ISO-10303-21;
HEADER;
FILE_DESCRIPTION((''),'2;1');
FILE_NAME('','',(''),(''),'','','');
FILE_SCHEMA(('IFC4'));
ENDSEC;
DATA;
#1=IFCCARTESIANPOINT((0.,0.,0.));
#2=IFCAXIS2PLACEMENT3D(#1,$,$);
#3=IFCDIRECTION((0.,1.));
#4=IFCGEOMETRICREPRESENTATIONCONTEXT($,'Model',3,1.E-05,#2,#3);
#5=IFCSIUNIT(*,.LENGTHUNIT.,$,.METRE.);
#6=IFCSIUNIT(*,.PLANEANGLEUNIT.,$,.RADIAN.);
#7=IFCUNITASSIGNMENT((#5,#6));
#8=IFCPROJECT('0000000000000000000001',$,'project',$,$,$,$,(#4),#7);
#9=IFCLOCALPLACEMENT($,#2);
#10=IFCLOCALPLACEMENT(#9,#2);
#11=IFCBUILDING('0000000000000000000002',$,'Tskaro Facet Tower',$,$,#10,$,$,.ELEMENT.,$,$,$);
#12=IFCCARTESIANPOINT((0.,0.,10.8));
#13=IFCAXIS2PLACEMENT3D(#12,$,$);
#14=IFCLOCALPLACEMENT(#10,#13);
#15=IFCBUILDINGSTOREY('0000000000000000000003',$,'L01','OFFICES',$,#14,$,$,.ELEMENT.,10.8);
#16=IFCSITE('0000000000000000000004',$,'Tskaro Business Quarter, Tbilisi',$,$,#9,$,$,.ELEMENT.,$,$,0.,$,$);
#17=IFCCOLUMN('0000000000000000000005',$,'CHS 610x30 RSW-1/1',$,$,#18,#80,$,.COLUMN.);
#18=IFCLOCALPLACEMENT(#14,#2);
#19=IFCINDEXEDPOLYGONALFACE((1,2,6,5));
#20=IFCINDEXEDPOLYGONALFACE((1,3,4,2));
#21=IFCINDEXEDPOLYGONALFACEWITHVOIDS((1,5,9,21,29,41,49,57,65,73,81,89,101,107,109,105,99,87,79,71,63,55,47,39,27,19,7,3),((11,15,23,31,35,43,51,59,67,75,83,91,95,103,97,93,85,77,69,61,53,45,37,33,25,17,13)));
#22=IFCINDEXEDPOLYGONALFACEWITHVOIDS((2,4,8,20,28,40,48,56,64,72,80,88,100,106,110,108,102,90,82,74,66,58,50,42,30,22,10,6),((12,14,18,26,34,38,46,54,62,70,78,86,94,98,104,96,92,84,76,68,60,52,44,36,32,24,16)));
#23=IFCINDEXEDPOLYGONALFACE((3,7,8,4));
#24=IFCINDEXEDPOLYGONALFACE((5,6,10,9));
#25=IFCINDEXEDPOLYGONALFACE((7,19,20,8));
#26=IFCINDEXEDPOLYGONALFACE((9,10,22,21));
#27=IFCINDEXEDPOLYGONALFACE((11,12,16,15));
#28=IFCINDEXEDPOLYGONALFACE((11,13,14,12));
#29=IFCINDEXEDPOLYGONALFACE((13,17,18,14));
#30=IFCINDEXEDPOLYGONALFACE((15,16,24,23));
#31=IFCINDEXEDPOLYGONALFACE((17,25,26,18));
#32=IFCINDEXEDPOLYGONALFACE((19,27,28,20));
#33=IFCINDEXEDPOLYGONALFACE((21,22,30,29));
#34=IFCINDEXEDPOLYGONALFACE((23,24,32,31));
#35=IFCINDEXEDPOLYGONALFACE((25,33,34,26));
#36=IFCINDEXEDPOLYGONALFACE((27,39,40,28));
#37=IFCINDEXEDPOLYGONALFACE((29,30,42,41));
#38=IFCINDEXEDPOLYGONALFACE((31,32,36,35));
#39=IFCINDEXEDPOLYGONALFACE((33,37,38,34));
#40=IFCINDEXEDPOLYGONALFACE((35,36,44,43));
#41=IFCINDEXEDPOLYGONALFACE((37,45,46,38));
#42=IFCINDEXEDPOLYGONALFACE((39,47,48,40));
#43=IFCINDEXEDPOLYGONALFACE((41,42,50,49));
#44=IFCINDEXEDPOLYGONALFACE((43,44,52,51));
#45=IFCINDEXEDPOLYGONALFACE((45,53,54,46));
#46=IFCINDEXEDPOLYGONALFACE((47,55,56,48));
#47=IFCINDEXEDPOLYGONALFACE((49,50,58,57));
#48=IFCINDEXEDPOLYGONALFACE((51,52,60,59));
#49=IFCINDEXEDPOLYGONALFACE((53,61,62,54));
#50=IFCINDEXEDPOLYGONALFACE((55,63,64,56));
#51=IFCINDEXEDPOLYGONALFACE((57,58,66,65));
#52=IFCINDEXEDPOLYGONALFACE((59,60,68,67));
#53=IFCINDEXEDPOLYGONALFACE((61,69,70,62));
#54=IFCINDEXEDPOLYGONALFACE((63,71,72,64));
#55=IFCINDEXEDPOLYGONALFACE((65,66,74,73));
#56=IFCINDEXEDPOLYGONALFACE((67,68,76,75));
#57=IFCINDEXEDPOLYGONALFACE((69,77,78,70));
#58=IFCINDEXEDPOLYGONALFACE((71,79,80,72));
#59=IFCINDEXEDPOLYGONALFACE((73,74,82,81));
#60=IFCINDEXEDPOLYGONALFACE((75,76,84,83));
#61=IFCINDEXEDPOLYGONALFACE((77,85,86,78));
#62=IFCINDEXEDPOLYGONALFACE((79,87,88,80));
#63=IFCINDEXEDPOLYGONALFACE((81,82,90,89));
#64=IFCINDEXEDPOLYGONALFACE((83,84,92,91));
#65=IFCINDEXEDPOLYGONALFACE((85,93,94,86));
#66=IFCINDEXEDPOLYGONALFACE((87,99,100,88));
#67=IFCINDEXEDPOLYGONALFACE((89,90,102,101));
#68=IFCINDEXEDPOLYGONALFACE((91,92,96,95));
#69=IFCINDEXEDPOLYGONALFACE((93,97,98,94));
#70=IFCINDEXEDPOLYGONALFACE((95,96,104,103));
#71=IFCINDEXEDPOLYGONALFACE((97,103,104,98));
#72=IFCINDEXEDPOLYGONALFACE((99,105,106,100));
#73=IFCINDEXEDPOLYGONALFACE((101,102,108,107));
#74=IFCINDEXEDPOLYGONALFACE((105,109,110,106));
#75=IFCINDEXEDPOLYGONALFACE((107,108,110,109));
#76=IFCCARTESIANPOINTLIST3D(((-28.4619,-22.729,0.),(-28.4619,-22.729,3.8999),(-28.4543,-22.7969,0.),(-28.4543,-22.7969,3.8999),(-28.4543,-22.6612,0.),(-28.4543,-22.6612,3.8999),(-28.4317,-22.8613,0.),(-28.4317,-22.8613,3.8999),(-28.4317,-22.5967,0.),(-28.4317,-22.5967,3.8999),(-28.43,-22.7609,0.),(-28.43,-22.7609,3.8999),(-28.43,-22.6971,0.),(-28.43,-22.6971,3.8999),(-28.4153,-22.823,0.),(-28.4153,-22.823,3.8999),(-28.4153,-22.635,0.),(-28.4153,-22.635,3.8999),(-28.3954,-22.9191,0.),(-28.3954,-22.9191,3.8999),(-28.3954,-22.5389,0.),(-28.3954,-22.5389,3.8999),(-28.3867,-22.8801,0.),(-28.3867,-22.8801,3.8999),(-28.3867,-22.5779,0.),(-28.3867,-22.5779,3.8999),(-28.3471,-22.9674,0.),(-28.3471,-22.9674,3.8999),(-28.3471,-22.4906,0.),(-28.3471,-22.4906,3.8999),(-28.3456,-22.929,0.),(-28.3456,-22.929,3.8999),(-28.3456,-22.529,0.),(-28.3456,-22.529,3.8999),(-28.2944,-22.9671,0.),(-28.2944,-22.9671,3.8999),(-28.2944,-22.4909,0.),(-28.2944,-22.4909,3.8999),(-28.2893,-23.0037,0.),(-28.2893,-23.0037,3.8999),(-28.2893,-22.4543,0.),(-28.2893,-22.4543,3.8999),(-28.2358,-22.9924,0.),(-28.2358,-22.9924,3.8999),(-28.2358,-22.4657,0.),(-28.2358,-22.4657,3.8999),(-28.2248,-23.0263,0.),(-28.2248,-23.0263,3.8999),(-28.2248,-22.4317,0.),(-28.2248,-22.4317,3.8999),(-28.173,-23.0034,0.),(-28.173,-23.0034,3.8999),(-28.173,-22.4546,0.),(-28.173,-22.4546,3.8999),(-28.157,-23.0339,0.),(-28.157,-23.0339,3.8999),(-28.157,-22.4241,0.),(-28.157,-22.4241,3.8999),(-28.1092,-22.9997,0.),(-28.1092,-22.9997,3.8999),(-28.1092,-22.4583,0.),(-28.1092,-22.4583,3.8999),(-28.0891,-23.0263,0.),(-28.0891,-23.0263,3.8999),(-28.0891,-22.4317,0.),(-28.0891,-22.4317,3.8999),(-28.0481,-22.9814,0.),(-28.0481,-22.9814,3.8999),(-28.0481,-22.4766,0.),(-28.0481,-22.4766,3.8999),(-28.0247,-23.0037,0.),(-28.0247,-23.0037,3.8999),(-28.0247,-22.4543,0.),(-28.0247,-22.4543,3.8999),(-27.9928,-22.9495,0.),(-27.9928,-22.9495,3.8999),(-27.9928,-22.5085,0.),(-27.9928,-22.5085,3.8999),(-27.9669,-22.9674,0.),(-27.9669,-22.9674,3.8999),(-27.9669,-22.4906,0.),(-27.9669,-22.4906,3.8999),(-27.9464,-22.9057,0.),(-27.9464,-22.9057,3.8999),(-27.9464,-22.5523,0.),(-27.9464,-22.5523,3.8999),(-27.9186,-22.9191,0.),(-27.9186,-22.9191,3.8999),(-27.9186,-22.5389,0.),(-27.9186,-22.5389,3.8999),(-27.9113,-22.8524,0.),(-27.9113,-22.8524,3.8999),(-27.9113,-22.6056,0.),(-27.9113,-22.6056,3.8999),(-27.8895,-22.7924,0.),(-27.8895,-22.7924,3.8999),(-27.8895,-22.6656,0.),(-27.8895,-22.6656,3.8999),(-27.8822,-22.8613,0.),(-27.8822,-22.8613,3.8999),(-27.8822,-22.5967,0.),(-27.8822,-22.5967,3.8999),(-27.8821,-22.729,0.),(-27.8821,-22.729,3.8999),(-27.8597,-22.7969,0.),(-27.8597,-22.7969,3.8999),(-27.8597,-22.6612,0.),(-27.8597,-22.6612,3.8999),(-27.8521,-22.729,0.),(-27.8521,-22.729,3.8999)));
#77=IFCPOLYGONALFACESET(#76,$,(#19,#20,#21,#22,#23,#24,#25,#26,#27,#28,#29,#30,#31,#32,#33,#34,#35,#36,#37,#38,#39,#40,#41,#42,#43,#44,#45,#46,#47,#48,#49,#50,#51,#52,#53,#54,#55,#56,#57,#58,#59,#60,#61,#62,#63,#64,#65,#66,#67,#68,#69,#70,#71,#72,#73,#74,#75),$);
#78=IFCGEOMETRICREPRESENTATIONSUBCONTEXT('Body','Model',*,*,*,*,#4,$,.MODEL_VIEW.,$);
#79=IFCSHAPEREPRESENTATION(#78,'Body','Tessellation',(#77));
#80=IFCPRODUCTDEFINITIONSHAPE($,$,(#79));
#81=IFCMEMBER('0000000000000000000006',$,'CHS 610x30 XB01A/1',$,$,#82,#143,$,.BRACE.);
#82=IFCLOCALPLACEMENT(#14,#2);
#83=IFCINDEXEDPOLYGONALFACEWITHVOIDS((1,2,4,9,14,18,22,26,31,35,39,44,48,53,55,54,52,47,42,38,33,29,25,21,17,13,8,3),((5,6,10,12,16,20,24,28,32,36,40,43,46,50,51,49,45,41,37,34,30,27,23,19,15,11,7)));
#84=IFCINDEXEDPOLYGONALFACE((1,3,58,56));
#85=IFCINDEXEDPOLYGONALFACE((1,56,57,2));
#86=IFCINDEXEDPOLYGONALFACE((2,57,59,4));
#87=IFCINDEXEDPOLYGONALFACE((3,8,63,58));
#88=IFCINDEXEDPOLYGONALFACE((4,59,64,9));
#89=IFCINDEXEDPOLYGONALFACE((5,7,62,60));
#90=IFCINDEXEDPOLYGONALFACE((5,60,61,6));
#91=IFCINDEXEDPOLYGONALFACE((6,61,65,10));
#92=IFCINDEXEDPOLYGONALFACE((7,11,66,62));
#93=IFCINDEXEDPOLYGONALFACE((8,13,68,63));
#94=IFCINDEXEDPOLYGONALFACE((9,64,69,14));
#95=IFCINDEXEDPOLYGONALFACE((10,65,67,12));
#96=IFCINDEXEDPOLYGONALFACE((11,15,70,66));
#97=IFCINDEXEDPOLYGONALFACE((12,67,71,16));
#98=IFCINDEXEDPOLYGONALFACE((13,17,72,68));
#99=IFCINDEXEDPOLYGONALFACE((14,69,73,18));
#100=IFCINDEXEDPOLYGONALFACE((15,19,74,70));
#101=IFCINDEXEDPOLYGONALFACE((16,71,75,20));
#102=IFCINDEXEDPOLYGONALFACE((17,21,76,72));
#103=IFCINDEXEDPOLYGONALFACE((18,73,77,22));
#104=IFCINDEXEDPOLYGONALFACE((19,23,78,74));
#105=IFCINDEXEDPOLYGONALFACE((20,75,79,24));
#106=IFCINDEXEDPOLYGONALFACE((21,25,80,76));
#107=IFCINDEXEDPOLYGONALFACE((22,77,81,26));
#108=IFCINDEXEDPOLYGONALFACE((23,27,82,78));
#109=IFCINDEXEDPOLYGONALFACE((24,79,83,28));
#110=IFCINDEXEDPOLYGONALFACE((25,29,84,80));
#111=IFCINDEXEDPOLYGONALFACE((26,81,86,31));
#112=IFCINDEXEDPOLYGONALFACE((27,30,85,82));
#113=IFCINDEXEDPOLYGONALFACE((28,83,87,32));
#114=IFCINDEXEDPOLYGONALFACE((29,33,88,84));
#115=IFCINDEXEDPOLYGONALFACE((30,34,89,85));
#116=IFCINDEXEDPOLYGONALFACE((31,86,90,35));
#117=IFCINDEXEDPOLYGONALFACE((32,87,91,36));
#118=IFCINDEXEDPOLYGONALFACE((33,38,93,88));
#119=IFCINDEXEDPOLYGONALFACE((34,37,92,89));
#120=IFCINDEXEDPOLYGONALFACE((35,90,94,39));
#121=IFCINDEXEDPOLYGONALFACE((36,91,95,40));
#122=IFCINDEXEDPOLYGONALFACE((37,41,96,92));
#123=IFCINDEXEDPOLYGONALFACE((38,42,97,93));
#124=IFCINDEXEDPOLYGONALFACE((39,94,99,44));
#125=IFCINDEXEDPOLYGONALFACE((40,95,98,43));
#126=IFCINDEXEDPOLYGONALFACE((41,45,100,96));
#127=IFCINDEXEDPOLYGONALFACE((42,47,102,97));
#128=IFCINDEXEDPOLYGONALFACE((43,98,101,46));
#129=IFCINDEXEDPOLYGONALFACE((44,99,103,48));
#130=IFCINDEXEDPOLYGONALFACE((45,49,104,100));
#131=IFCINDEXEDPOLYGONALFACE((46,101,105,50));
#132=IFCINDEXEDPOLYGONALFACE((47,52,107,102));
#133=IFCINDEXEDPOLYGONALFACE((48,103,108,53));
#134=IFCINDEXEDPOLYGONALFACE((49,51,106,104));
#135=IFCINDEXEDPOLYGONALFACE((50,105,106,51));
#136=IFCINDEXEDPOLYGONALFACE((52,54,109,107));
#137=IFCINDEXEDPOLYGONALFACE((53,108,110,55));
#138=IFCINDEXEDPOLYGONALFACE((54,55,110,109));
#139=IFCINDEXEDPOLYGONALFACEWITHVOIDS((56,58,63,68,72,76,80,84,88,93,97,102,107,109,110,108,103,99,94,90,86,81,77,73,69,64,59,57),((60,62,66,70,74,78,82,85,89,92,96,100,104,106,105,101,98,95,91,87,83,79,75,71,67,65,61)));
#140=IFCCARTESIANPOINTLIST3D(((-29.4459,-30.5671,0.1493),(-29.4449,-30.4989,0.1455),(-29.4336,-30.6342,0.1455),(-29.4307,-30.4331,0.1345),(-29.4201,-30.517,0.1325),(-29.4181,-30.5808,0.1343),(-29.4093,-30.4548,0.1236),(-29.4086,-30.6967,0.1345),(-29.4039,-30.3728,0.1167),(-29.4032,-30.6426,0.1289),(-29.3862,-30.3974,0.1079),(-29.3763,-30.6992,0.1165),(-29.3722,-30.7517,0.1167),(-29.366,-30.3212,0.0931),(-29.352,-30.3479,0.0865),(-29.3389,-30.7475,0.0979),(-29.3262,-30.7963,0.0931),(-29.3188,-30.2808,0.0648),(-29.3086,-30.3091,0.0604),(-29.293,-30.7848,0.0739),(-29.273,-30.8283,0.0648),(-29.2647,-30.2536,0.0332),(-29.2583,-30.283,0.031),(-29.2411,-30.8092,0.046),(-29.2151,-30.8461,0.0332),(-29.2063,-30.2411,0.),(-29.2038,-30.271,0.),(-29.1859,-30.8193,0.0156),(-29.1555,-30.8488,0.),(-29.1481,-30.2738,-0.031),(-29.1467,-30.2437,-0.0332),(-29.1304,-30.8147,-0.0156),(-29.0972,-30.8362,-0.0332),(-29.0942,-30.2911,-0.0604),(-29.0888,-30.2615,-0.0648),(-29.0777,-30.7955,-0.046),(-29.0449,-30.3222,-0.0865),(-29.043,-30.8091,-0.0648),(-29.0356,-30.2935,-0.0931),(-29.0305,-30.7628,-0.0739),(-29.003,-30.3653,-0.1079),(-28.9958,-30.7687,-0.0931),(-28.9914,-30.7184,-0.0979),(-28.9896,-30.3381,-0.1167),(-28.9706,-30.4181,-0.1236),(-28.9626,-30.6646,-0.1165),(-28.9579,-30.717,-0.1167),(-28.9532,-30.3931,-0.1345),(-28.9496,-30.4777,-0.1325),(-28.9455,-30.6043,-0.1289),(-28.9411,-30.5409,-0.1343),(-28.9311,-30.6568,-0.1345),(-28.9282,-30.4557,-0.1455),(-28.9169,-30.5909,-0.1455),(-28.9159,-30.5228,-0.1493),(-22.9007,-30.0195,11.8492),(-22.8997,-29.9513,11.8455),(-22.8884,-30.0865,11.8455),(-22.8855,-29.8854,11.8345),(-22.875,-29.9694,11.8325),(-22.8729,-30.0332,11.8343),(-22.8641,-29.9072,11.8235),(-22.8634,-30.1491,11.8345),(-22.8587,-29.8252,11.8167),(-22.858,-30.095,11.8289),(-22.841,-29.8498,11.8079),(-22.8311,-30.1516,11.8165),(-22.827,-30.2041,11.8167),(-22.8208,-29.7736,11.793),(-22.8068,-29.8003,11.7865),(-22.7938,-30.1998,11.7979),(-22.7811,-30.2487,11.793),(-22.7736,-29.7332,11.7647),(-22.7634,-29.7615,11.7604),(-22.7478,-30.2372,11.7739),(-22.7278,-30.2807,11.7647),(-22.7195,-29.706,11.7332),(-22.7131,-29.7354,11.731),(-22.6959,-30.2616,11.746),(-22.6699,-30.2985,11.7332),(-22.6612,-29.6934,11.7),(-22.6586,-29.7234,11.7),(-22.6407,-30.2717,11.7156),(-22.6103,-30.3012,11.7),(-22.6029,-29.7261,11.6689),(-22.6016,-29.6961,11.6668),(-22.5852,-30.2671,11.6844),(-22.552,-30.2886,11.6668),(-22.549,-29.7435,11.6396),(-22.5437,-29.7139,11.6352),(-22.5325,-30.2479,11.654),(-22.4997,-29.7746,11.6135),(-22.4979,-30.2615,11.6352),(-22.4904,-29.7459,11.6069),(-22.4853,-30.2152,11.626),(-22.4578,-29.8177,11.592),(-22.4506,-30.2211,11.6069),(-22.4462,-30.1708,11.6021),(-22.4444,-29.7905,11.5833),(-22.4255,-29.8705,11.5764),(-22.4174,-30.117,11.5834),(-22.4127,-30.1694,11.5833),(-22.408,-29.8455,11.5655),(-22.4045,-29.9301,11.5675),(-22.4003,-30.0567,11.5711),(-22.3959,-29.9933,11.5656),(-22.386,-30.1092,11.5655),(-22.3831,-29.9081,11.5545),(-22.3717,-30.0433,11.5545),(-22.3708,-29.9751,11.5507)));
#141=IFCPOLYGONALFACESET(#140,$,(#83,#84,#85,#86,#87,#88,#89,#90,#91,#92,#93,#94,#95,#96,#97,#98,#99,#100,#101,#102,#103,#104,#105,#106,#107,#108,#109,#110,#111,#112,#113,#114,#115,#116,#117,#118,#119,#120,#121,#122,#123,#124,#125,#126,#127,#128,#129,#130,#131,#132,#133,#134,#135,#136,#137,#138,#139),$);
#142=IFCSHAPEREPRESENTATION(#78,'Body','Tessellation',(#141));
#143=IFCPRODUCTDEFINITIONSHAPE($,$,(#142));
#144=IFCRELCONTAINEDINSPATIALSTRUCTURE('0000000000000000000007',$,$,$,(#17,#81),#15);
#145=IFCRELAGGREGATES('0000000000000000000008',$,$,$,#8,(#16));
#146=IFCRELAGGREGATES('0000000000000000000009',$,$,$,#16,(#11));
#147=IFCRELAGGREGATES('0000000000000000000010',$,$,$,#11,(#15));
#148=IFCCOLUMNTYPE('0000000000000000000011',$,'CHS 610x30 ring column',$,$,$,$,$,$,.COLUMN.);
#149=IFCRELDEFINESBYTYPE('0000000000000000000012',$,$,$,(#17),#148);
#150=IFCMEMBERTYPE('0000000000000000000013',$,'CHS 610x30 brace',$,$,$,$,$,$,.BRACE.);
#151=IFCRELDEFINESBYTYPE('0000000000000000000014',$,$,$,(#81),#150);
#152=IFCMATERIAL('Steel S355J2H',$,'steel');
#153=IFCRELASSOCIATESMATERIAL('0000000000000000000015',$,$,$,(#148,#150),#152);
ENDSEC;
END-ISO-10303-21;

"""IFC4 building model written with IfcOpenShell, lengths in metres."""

from ifc_helpers import new_model, si_unit, direction, frame, origin, origin_2d, place, context, subcontext, project, spatial, hollow_circle, extrude, material, material_profile, profile_set, type_object, element, save


model = new_model("IFC4")

# Units and contexts
model_context = context("Model", 3, precision=1e-05, world=origin(), true_north=direction((0.0, 1.0)))
body_context = subcontext(model_context, "Body", "Model", "MODEL_VIEW")
ifc_project = project(units=[si_unit("LENGTHUNIT", "METRE"), si_unit("PLANEANGLEUNIT", "RADIAN")], contexts=[model_context])

# Site, building, storey
site_placement = place(None, origin())
site = spatial("IfcSite", under=ifc_project, at=site_placement, Name="Tskaro Business Quarter, Tbilisi", CompositionType="ELEMENT", RefElevation=0.0)
building_placement = place(site_placement, origin())
building = spatial("IfcBuilding", under=site, at=building_placement, Name="Tskaro Facet Tower", CompositionType="ELEMENT")
storey_placement = place(building_placement, frame((0.0, 0.0, 10.8)))
storey = spatial("IfcBuildingStorey", under=building, at=storey_placement, Name="L01", Description="OFFICES", CompositionType="ELEMENT", Elevation=10.8)

# Column
ifc_material_1 = material(Name="Steel S355J2H", Category="steel")
ifc_material_profile_1 = material_profile(ifc_material_1, hollow_circle(Radius=0.3049, WallThickness=0.03, at=origin_2d()), Name="CHS 610x30")
ifc_profile_set_1 = profile_set([ifc_material_profile_1], Name="Steel S355J2H")
column_type_1 = type_object("IfcColumnType", Name="CHS 610x30 ring column", PredefinedType="COLUMN", material=ifc_profile_set_1)
for number, where, z_axis, x_axis, name in (
    (1, (-28.157, -22.729, 0.0), (0.0, 0.0, 1.0), (1.0, 0.0, 0.0), "CHS 610x30 RSW-1/1"),
):
    element("IfcColumn", number, at=place(storey_placement, frame(where, z_axis=z_axis, x_axis=x_axis)), inside=storey, type_object=column_type_1, Name=name, PredefinedType="COLUMN", context=body_context, shape_type="SweptSolid", body=[
        extrude(hollow_circle(Radius=0.3049, WallThickness=0.03, at=origin_2d()), origin(), (0.0, 0.0, 1.0), 3.8999),
    ])

# Member
ifc_material_profile_2 = material_profile(ifc_material_1, hollow_circle(Radius=0.3049, WallThickness=0.03, at=origin_2d()), Name="CHS 610x30")
ifc_profile_set_2 = profile_set([ifc_material_profile_2], Name="Steel S355J2H")
member_type_1 = type_object("IfcMemberType", Name="CHS 610x30 brace", PredefinedType="BRACE", material=ifc_profile_set_2)
member_1_placement = place(storey_placement, frame((-29.1809, -30.5449, 0.0), z_axis=(0.48781, 0.040813, 0.871995), x_axis=(-0.083375, 0.996518, 0.0)))
element("IfcMember", 2, at=member_1_placement, inside=storey, type_object=member_type_1, Name="CHS 610x30 XB01A/1", PredefinedType="BRACE", context=body_context, shape_type="SweptSolid", body=[
    extrude(hollow_circle(Radius=0.3049, WallThickness=0.03, at=origin_2d()), origin(), (0.0, 0.0, 1.0), 13.4175),
])

save(model, "model.ifc")
